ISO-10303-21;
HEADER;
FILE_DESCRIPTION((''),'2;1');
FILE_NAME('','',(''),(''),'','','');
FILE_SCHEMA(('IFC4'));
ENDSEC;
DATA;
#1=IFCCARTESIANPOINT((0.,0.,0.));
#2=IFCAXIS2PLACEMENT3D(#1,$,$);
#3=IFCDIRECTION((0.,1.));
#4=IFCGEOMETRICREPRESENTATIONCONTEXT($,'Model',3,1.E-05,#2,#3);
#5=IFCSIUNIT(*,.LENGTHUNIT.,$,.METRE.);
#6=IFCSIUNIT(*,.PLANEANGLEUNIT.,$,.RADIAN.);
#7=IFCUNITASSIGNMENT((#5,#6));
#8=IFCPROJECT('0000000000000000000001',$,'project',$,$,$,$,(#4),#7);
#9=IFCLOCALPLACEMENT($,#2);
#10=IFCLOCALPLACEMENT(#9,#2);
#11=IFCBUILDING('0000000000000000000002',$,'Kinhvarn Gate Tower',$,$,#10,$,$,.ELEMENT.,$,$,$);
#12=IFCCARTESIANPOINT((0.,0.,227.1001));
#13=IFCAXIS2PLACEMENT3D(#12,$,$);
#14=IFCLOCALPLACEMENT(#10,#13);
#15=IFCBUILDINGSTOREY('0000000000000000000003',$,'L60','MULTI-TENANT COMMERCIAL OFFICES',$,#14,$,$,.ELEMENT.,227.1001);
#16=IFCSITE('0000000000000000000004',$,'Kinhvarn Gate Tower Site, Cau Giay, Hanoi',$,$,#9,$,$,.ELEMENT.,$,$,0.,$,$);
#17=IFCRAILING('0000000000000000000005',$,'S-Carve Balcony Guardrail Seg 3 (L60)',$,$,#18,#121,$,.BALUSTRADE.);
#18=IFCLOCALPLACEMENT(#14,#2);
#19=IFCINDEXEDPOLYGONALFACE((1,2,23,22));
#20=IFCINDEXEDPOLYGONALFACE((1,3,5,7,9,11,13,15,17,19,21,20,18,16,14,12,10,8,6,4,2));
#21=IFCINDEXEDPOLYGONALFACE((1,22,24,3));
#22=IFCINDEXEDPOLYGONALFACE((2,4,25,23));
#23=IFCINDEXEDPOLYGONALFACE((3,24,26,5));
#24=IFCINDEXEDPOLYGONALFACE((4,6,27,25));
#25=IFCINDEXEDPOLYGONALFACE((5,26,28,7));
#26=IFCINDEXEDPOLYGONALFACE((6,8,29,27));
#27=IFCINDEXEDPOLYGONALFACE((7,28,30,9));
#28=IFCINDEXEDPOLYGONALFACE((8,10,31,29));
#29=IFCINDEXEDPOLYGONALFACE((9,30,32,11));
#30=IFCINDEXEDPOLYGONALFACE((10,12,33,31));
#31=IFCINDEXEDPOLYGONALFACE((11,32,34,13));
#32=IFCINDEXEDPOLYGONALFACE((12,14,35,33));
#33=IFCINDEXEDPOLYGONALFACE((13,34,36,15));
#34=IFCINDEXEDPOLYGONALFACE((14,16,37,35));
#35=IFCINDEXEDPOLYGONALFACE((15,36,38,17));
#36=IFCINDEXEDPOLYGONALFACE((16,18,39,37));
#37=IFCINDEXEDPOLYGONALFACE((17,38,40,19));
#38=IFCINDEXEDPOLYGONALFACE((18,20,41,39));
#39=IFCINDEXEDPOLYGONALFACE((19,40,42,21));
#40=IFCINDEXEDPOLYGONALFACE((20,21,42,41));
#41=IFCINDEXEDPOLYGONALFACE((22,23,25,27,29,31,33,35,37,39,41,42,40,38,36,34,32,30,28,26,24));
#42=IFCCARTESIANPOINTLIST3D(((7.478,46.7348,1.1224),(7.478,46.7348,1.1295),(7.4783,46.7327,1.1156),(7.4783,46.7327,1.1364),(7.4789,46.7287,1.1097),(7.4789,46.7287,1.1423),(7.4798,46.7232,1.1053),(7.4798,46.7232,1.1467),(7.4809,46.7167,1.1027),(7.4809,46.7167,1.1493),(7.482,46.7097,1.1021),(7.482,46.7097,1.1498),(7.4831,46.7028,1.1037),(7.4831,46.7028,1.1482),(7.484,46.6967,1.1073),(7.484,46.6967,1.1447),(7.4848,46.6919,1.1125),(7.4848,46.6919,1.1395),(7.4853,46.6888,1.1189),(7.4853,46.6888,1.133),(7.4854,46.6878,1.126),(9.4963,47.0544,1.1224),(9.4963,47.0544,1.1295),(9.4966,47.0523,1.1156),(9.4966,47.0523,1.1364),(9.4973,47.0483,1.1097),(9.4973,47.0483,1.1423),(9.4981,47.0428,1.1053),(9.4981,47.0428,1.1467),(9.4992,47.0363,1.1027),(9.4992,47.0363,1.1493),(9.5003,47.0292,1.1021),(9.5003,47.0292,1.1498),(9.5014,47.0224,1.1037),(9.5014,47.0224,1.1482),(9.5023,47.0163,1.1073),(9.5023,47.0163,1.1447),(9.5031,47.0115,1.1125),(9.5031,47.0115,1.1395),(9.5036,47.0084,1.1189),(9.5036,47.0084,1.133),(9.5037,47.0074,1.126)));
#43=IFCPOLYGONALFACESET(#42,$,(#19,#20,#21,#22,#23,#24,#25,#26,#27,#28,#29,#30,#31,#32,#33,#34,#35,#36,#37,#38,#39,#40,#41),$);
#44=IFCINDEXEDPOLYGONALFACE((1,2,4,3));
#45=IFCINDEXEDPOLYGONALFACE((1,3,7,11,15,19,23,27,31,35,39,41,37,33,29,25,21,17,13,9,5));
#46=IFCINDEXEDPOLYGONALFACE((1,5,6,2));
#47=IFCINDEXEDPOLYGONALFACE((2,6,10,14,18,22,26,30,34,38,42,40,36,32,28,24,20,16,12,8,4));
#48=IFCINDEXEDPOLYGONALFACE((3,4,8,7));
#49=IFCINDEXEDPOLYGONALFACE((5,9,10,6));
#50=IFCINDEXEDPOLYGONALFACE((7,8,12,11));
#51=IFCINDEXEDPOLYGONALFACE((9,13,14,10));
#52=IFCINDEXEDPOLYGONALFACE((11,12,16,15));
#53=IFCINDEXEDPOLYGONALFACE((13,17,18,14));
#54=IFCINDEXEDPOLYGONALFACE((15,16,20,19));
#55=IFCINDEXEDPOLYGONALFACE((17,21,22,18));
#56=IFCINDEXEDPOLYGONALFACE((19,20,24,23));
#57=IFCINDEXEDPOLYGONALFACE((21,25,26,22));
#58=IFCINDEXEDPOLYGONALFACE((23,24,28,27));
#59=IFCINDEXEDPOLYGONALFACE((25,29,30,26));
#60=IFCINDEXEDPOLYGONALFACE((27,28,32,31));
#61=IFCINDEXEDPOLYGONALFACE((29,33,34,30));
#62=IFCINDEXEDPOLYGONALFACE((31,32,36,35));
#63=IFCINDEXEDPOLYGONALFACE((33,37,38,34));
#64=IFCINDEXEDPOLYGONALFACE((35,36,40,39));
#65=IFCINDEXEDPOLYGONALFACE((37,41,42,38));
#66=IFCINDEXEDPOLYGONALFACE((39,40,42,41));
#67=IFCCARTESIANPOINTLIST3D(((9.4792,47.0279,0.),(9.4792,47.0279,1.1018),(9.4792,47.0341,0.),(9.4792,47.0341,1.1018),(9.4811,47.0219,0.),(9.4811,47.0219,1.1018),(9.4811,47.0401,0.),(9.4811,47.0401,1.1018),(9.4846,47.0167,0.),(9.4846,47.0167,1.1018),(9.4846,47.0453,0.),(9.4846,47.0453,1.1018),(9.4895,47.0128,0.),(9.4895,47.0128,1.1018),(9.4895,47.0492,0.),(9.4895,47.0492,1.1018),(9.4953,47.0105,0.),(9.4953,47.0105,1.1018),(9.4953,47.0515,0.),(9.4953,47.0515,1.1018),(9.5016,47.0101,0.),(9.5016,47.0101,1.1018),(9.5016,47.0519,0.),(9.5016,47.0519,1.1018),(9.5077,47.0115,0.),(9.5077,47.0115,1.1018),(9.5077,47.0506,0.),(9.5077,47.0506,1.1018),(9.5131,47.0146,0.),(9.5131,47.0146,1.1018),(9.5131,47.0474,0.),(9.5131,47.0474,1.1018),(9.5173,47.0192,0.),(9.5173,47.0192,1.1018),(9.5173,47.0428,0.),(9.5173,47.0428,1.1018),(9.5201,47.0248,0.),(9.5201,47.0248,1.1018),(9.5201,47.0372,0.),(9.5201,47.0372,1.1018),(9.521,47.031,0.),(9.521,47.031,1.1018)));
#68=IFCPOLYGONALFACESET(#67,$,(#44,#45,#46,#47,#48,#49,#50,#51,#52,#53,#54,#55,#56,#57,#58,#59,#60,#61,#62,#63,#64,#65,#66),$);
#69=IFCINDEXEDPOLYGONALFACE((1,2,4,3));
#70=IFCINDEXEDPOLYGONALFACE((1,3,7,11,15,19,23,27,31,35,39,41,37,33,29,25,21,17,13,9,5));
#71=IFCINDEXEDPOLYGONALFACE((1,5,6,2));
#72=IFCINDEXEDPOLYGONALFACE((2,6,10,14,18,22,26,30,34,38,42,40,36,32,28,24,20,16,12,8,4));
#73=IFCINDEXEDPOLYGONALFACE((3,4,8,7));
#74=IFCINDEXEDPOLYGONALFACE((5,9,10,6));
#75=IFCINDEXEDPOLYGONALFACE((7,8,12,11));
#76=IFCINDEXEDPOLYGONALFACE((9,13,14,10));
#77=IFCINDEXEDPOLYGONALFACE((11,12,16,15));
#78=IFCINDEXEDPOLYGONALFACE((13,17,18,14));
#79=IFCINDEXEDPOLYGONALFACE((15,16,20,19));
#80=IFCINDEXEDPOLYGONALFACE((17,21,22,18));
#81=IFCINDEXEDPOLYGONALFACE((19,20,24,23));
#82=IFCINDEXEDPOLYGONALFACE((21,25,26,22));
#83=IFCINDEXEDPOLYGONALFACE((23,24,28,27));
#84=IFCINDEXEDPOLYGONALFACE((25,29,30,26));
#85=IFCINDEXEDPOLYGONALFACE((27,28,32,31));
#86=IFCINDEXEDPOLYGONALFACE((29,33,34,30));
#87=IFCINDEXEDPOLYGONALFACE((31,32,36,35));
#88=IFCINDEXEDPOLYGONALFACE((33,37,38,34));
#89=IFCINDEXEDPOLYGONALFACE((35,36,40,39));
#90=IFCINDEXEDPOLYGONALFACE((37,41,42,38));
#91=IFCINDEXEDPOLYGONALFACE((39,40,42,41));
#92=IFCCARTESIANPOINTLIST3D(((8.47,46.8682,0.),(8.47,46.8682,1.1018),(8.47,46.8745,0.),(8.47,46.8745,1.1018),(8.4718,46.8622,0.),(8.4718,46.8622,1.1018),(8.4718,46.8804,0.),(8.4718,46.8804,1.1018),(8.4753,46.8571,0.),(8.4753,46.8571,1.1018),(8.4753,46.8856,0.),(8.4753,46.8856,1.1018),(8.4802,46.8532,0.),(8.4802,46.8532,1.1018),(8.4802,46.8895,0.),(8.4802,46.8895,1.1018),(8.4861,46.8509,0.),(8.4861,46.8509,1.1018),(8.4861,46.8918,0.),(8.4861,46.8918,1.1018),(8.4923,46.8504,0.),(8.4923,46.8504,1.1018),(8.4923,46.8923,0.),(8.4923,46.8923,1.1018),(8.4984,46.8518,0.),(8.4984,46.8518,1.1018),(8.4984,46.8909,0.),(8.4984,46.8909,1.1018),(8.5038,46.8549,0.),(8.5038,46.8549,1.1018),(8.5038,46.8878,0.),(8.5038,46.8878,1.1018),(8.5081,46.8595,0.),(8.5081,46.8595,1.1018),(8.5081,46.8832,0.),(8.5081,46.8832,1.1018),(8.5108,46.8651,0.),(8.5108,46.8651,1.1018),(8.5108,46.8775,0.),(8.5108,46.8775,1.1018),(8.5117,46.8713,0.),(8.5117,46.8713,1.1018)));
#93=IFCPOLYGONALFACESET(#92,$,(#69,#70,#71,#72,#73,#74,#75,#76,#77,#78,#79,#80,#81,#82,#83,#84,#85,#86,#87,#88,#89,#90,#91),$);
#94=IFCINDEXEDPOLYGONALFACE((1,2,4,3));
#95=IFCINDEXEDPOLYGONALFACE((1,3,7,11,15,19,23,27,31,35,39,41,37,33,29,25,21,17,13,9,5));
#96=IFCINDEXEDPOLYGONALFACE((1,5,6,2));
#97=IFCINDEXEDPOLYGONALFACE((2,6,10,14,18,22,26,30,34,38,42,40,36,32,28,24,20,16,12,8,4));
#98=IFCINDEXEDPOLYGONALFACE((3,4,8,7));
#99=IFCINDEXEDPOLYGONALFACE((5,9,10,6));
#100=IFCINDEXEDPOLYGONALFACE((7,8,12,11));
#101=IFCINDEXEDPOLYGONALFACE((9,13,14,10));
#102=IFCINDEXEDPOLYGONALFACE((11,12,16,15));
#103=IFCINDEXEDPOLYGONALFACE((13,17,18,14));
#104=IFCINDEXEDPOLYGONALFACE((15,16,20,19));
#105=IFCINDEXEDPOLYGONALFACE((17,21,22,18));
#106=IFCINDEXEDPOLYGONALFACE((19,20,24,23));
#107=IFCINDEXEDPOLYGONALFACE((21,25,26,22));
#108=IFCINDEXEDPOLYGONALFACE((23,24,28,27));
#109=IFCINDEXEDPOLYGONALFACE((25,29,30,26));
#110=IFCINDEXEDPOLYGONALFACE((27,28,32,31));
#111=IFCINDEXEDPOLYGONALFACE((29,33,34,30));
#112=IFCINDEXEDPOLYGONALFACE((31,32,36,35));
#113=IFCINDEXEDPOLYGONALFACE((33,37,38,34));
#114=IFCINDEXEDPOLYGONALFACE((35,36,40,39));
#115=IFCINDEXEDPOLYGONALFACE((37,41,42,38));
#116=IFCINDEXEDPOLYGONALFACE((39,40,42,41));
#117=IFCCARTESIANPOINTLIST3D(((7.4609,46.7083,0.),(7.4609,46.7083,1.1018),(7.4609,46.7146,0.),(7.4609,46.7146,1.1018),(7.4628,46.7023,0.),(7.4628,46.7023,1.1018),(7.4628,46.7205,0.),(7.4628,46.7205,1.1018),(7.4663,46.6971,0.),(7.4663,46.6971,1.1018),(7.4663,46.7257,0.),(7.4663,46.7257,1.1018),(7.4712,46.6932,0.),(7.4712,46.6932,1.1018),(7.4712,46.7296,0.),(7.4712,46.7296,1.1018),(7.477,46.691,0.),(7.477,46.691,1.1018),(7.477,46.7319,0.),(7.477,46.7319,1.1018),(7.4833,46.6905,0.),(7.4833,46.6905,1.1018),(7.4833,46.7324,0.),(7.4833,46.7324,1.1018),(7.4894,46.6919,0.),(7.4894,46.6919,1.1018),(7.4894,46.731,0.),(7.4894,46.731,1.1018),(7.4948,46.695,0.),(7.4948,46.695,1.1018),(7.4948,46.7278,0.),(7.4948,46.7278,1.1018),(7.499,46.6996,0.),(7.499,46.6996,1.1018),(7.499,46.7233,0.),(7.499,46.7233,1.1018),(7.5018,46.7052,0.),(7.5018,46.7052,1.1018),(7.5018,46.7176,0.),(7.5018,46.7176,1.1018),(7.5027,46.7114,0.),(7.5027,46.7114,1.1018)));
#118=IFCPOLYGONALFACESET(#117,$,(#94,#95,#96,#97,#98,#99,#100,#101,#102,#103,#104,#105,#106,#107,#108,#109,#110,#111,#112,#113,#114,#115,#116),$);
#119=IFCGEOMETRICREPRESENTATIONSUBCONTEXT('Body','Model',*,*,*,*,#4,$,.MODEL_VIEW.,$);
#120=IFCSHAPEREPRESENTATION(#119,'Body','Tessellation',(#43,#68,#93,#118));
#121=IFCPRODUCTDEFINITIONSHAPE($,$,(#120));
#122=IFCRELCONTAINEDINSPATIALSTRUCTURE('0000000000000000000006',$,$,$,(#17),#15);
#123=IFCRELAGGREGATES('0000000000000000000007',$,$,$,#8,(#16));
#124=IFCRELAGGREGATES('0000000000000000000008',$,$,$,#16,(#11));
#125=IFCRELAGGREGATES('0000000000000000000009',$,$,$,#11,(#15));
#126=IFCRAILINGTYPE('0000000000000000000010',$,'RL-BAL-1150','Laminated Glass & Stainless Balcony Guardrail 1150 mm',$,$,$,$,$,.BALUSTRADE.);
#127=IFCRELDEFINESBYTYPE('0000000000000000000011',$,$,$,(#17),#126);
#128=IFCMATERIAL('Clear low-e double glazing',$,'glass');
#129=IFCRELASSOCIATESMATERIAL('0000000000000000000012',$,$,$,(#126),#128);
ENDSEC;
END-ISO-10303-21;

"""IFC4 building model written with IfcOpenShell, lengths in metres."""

from ifc_helpers import new_model, si_unit, direction, frame, origin, origin_2d, place, context, subcontext, project, spatial, circle, extrude, material, type_object, element, save


model = new_model("IFC4")

# Units and contexts
model_context = context("Model", 3, precision=1e-05, world=origin(), true_north=direction((0.0, 1.0)))
body_context = subcontext(model_context, "Body", "Model", "MODEL_VIEW")
ifc_project = project(units=[si_unit("LENGTHUNIT", "METRE"), si_unit("PLANEANGLEUNIT", "RADIAN")], contexts=[model_context])

# Site, building, storey
site_placement = place(None, origin())
site = spatial("IfcSite", under=ifc_project, at=site_placement, Name="Kinhvarn Gate Tower Site, Cau Giay, Hanoi", CompositionType="ELEMENT", RefElevation=0.0)
building_placement = place(site_placement, origin())
building = spatial("IfcBuilding", under=site, at=building_placement, Name="Kinhvarn Gate Tower", CompositionType="ELEMENT")
storey_placement = place(building_placement, frame((0.0, 0.0, 227.1001)))
storey = spatial("IfcBuildingStorey", under=building, at=storey_placement, Name="L60", Description="MULTI-TENANT COMMERCIAL OFFICES", CompositionType="ELEMENT", Elevation=227.1001)

# Shared definitions
ifc_material_1 = material(Name="Clear low-e double glazing", Category="glass")

# Railing
railing_type = type_object("IfcRailingType", Name="RL-BAL-1150", Description="Laminated Glass & Stainless Balcony Guardrail 1150 mm", PredefinedType="BALUSTRADE", material=ifc_material_1)
railing_1_placement = place(storey_placement, frame((9.5, 47.031, 0.0)))
element("IfcRailing", 1, at=railing_1_placement, inside=storey, type_object=railing_type, Name="S-Carve Balcony Guardrail Seg 3 (L60)", PredefinedType="BALUSTRADE", context=body_context, shape_type="SweptSolid", body=[
    extrude(circle(Radius=0.0239, at=origin_2d()), frame((0.0, 0.0, 1.126), z_axis=(-0.987695, -0.156392, 0.0), x_axis=(0.156392, -0.987695, 0.0)), (0.0, 0.0, 1.0), 2.0435),
    extrude(circle(Radius=0.021, at=origin_2d()), origin(), (0.0, 0.0, 1.0), 1.1018),
    extrude(circle(Radius=0.021, at=origin_2d()), frame((-1.0093, -0.1597, 0.0)), (0.0, 0.0, 1.0), 1.1018),
    extrude(circle(Radius=0.021, at=origin_2d()), frame((-2.0183, -0.3196, 0.0)), (0.0, 0.0, 1.0), 1.1018),
])

save(model, "model.ifc")
